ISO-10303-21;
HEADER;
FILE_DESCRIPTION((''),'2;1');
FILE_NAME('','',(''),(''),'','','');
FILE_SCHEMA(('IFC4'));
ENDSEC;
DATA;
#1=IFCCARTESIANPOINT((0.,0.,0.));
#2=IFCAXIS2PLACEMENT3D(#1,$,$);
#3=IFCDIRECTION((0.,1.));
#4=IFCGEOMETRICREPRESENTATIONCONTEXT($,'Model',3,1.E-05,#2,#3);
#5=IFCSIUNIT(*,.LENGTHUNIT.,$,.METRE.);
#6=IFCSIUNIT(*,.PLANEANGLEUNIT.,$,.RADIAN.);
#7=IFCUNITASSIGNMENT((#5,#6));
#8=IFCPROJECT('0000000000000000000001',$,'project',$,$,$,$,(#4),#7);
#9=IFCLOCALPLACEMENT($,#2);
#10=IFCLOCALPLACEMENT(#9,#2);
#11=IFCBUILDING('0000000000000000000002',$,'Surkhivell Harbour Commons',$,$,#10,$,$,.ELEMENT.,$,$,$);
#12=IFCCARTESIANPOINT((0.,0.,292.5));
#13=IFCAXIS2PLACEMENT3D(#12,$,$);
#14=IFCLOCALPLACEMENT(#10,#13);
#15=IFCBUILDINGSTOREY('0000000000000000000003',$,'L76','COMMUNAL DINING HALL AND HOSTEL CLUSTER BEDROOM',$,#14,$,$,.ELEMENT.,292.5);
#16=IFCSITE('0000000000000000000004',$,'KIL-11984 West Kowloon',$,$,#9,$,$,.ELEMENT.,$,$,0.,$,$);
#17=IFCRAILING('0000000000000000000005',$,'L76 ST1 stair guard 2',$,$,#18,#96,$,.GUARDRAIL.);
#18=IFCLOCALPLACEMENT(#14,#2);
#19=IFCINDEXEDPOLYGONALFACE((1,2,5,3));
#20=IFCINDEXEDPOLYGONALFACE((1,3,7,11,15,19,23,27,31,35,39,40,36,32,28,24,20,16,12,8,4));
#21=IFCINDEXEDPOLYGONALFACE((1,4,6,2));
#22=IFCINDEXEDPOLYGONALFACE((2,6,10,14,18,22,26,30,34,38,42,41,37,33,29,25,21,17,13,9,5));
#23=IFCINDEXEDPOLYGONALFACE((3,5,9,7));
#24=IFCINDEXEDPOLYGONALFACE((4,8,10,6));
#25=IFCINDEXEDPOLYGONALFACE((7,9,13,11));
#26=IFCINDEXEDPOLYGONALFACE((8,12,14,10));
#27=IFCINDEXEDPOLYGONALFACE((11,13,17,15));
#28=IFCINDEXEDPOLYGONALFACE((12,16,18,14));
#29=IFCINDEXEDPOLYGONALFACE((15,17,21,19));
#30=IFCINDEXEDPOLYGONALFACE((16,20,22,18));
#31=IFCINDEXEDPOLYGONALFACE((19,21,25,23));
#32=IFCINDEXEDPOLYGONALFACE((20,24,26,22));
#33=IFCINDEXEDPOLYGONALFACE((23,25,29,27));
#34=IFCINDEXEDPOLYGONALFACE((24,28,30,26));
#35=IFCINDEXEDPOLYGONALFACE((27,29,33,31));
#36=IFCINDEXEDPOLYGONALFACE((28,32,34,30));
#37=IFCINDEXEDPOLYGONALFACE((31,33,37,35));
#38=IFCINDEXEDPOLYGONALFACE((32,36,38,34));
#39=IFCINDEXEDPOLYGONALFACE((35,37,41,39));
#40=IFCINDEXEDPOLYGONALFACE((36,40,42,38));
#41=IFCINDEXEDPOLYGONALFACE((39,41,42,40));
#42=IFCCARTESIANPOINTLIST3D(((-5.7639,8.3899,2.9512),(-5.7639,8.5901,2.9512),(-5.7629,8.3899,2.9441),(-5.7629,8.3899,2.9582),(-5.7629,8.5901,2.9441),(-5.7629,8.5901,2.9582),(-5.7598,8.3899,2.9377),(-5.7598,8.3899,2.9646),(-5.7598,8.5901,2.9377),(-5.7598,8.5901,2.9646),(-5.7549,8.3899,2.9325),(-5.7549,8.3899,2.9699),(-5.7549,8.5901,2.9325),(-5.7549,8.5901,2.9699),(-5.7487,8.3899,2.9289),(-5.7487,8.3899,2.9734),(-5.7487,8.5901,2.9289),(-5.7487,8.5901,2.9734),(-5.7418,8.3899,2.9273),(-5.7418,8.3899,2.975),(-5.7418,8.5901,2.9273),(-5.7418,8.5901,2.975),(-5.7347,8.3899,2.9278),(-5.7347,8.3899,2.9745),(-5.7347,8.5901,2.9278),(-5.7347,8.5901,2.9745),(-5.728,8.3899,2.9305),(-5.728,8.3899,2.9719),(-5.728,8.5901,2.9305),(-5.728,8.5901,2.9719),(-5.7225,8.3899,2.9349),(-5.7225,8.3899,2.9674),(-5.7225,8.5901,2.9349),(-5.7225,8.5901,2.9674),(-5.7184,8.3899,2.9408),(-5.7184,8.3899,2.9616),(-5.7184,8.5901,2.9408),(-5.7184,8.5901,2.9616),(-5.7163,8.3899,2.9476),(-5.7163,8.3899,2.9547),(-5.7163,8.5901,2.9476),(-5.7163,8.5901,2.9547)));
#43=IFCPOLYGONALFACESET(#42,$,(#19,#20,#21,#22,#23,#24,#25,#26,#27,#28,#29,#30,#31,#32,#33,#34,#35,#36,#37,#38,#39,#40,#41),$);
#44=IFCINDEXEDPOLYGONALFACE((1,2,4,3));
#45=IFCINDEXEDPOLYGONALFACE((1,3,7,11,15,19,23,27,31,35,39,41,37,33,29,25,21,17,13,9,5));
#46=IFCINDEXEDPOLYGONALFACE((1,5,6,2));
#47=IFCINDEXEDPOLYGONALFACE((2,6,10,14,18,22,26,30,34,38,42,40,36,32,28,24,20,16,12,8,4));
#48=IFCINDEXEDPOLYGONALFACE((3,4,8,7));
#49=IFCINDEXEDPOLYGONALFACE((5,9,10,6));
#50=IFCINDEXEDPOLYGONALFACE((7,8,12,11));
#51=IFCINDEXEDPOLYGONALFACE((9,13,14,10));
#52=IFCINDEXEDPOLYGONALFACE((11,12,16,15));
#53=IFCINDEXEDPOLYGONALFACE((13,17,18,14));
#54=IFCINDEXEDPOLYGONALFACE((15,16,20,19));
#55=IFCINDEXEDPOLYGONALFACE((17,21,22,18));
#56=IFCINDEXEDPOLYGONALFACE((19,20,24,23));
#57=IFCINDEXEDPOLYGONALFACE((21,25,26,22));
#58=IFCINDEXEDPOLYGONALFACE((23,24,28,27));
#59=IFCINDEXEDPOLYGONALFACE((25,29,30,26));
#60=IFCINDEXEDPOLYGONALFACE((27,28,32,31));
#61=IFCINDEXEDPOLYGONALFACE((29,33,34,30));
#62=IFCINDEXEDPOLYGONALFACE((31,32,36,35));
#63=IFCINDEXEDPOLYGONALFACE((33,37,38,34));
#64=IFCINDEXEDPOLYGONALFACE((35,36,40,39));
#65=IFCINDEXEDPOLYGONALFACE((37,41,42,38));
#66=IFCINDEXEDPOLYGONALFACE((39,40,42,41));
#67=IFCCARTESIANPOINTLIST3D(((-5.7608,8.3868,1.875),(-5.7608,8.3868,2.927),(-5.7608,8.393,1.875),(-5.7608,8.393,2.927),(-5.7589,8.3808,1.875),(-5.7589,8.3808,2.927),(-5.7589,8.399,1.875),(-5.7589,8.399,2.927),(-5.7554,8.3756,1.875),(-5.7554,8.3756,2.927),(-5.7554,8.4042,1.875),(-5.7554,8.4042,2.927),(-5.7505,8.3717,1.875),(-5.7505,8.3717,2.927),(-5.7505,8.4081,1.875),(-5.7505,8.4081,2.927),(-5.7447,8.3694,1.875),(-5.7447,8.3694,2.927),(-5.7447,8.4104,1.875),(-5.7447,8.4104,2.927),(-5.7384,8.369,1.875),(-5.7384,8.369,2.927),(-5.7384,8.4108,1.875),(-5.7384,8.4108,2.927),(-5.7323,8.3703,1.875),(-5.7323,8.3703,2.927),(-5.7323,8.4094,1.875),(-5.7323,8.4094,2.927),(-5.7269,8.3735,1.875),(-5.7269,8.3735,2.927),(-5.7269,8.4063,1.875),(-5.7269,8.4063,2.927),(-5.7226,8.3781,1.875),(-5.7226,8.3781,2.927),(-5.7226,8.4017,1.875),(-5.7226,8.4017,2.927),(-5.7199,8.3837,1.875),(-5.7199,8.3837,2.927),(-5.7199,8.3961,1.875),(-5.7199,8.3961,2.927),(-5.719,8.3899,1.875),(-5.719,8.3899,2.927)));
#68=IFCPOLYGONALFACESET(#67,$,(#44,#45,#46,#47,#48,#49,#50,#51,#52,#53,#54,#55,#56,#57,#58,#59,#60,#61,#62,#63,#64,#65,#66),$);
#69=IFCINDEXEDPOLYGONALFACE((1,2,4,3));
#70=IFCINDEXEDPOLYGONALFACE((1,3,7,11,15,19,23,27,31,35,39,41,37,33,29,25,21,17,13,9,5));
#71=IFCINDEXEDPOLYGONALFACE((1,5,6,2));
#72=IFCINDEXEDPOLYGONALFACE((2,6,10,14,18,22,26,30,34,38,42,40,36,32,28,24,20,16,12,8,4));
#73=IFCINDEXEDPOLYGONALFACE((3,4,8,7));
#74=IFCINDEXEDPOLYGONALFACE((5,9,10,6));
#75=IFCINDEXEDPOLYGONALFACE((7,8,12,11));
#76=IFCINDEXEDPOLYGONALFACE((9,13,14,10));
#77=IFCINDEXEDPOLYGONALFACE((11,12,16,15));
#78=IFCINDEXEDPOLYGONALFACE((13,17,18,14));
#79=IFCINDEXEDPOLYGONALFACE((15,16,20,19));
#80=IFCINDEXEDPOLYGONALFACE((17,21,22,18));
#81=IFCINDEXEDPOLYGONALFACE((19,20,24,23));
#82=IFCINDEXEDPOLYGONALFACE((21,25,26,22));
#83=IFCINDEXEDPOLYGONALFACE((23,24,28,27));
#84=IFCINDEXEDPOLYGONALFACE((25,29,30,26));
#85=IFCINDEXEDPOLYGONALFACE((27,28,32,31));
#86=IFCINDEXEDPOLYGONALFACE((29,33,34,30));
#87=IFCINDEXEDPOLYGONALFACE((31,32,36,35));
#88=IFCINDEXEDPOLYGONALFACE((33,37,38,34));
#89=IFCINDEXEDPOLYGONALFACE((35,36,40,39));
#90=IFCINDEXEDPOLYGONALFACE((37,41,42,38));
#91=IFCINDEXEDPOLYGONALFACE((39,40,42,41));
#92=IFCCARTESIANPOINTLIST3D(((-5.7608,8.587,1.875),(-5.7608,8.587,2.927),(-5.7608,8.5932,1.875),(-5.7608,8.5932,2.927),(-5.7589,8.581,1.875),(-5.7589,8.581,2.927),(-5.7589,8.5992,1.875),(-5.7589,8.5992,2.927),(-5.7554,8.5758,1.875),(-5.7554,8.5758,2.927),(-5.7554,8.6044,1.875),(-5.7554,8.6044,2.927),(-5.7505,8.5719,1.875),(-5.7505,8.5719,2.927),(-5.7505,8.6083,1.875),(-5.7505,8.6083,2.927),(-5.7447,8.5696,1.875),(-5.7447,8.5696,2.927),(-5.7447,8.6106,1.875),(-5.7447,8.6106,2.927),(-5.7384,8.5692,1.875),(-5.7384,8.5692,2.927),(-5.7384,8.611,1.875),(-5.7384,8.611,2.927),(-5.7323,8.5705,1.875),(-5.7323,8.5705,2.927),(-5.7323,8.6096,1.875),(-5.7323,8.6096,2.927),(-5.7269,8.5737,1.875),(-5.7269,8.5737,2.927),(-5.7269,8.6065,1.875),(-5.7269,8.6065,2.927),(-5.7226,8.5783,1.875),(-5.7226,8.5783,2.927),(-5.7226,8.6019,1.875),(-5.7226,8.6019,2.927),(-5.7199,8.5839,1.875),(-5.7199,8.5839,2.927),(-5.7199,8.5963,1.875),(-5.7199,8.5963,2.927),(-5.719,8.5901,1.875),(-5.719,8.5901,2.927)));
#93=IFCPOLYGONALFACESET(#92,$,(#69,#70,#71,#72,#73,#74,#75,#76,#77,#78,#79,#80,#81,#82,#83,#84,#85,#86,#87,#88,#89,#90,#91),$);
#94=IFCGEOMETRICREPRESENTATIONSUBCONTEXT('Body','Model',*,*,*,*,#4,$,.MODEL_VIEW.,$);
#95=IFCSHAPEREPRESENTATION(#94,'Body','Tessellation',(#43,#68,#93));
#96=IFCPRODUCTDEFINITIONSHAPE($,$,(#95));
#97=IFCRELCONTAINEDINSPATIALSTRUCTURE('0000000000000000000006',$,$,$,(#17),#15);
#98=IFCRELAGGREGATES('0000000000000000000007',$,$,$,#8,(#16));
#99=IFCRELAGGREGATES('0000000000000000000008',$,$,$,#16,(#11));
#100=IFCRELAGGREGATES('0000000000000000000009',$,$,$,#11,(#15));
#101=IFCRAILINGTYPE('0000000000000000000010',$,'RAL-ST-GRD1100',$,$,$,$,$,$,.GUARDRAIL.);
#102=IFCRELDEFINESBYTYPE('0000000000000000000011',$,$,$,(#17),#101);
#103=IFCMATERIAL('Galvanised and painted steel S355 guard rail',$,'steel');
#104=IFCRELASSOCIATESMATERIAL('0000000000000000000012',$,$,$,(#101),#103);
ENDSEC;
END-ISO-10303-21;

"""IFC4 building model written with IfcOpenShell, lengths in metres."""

from ifc_helpers import new_model, si_unit, direction, frame, origin, origin_2d, place, context, subcontext, project, spatial, circle, extrude, material, type_object, element, save


model = new_model("IFC4")

# Units and contexts
model_context = context("Model", 3, precision=1e-05, world=origin(), true_north=direction((0.0, 1.0)))
body_context = subcontext(model_context, "Body", "Model", "MODEL_VIEW")
ifc_project = project(units=[si_unit("LENGTHUNIT", "METRE"), si_unit("PLANEANGLEUNIT", "RADIAN")], contexts=[model_context])

# Site, building, storey
site_placement = place(None, origin())
site = spatial("IfcSite", under=ifc_project, at=site_placement, Name="KIL-11984 West Kowloon", CompositionType="ELEMENT", RefElevation=0.0)
building_placement = place(site_placement, origin())
building = spatial("IfcBuilding", under=site, at=building_placement, Name="Surkhivell Harbour Commons", CompositionType="ELEMENT")
storey_placement = place(building_placement, frame((0.0, 0.0, 292.5)))
storey = spatial("IfcBuildingStorey", under=building, at=storey_placement, Name="L76", Description="COMMUNAL DINING HALL AND HOSTEL CLUSTER BEDROOM", CompositionType="ELEMENT", Elevation=292.5)

# Railing
ifc_material_1 = material(Name="Galvanised and painted steel S355 guard rail", Category="steel")
railing_type_1 = type_object("IfcRailingType", Name="RAL-ST-GRD1100", PredefinedType="GUARDRAIL", material=ifc_material_1)
railing_1_placement = place(storey_placement, frame((-5.74, 8.3899, 1.875)))
element("IfcRailing", 1, at=railing_1_placement, inside=storey, type_object=railing_type_1, Name="L76 ST1 stair guard 2", PredefinedType="GUARDRAIL", context=body_context, shape_type="SweptSolid", body=[
    extrude(circle(Radius=0.0239, at=origin_2d()), frame((0.0, 0.0, 1.0762), z_axis=(0.0, 1.0, 0.0), x_axis=(-1.0, 0.0, 0.0)), (0.0, 0.0, 1.0), 0.2002),
    extrude(circle(Radius=0.021, at=origin_2d()), origin(), (0.0, 0.0, 1.0), 1.052),
    extrude(circle(Radius=0.021, at=origin_2d()), frame((0.0, 0.2002, 0.0)), (0.0, 0.0, 1.0), 1.052),
])

save(model, "model.ifc")
